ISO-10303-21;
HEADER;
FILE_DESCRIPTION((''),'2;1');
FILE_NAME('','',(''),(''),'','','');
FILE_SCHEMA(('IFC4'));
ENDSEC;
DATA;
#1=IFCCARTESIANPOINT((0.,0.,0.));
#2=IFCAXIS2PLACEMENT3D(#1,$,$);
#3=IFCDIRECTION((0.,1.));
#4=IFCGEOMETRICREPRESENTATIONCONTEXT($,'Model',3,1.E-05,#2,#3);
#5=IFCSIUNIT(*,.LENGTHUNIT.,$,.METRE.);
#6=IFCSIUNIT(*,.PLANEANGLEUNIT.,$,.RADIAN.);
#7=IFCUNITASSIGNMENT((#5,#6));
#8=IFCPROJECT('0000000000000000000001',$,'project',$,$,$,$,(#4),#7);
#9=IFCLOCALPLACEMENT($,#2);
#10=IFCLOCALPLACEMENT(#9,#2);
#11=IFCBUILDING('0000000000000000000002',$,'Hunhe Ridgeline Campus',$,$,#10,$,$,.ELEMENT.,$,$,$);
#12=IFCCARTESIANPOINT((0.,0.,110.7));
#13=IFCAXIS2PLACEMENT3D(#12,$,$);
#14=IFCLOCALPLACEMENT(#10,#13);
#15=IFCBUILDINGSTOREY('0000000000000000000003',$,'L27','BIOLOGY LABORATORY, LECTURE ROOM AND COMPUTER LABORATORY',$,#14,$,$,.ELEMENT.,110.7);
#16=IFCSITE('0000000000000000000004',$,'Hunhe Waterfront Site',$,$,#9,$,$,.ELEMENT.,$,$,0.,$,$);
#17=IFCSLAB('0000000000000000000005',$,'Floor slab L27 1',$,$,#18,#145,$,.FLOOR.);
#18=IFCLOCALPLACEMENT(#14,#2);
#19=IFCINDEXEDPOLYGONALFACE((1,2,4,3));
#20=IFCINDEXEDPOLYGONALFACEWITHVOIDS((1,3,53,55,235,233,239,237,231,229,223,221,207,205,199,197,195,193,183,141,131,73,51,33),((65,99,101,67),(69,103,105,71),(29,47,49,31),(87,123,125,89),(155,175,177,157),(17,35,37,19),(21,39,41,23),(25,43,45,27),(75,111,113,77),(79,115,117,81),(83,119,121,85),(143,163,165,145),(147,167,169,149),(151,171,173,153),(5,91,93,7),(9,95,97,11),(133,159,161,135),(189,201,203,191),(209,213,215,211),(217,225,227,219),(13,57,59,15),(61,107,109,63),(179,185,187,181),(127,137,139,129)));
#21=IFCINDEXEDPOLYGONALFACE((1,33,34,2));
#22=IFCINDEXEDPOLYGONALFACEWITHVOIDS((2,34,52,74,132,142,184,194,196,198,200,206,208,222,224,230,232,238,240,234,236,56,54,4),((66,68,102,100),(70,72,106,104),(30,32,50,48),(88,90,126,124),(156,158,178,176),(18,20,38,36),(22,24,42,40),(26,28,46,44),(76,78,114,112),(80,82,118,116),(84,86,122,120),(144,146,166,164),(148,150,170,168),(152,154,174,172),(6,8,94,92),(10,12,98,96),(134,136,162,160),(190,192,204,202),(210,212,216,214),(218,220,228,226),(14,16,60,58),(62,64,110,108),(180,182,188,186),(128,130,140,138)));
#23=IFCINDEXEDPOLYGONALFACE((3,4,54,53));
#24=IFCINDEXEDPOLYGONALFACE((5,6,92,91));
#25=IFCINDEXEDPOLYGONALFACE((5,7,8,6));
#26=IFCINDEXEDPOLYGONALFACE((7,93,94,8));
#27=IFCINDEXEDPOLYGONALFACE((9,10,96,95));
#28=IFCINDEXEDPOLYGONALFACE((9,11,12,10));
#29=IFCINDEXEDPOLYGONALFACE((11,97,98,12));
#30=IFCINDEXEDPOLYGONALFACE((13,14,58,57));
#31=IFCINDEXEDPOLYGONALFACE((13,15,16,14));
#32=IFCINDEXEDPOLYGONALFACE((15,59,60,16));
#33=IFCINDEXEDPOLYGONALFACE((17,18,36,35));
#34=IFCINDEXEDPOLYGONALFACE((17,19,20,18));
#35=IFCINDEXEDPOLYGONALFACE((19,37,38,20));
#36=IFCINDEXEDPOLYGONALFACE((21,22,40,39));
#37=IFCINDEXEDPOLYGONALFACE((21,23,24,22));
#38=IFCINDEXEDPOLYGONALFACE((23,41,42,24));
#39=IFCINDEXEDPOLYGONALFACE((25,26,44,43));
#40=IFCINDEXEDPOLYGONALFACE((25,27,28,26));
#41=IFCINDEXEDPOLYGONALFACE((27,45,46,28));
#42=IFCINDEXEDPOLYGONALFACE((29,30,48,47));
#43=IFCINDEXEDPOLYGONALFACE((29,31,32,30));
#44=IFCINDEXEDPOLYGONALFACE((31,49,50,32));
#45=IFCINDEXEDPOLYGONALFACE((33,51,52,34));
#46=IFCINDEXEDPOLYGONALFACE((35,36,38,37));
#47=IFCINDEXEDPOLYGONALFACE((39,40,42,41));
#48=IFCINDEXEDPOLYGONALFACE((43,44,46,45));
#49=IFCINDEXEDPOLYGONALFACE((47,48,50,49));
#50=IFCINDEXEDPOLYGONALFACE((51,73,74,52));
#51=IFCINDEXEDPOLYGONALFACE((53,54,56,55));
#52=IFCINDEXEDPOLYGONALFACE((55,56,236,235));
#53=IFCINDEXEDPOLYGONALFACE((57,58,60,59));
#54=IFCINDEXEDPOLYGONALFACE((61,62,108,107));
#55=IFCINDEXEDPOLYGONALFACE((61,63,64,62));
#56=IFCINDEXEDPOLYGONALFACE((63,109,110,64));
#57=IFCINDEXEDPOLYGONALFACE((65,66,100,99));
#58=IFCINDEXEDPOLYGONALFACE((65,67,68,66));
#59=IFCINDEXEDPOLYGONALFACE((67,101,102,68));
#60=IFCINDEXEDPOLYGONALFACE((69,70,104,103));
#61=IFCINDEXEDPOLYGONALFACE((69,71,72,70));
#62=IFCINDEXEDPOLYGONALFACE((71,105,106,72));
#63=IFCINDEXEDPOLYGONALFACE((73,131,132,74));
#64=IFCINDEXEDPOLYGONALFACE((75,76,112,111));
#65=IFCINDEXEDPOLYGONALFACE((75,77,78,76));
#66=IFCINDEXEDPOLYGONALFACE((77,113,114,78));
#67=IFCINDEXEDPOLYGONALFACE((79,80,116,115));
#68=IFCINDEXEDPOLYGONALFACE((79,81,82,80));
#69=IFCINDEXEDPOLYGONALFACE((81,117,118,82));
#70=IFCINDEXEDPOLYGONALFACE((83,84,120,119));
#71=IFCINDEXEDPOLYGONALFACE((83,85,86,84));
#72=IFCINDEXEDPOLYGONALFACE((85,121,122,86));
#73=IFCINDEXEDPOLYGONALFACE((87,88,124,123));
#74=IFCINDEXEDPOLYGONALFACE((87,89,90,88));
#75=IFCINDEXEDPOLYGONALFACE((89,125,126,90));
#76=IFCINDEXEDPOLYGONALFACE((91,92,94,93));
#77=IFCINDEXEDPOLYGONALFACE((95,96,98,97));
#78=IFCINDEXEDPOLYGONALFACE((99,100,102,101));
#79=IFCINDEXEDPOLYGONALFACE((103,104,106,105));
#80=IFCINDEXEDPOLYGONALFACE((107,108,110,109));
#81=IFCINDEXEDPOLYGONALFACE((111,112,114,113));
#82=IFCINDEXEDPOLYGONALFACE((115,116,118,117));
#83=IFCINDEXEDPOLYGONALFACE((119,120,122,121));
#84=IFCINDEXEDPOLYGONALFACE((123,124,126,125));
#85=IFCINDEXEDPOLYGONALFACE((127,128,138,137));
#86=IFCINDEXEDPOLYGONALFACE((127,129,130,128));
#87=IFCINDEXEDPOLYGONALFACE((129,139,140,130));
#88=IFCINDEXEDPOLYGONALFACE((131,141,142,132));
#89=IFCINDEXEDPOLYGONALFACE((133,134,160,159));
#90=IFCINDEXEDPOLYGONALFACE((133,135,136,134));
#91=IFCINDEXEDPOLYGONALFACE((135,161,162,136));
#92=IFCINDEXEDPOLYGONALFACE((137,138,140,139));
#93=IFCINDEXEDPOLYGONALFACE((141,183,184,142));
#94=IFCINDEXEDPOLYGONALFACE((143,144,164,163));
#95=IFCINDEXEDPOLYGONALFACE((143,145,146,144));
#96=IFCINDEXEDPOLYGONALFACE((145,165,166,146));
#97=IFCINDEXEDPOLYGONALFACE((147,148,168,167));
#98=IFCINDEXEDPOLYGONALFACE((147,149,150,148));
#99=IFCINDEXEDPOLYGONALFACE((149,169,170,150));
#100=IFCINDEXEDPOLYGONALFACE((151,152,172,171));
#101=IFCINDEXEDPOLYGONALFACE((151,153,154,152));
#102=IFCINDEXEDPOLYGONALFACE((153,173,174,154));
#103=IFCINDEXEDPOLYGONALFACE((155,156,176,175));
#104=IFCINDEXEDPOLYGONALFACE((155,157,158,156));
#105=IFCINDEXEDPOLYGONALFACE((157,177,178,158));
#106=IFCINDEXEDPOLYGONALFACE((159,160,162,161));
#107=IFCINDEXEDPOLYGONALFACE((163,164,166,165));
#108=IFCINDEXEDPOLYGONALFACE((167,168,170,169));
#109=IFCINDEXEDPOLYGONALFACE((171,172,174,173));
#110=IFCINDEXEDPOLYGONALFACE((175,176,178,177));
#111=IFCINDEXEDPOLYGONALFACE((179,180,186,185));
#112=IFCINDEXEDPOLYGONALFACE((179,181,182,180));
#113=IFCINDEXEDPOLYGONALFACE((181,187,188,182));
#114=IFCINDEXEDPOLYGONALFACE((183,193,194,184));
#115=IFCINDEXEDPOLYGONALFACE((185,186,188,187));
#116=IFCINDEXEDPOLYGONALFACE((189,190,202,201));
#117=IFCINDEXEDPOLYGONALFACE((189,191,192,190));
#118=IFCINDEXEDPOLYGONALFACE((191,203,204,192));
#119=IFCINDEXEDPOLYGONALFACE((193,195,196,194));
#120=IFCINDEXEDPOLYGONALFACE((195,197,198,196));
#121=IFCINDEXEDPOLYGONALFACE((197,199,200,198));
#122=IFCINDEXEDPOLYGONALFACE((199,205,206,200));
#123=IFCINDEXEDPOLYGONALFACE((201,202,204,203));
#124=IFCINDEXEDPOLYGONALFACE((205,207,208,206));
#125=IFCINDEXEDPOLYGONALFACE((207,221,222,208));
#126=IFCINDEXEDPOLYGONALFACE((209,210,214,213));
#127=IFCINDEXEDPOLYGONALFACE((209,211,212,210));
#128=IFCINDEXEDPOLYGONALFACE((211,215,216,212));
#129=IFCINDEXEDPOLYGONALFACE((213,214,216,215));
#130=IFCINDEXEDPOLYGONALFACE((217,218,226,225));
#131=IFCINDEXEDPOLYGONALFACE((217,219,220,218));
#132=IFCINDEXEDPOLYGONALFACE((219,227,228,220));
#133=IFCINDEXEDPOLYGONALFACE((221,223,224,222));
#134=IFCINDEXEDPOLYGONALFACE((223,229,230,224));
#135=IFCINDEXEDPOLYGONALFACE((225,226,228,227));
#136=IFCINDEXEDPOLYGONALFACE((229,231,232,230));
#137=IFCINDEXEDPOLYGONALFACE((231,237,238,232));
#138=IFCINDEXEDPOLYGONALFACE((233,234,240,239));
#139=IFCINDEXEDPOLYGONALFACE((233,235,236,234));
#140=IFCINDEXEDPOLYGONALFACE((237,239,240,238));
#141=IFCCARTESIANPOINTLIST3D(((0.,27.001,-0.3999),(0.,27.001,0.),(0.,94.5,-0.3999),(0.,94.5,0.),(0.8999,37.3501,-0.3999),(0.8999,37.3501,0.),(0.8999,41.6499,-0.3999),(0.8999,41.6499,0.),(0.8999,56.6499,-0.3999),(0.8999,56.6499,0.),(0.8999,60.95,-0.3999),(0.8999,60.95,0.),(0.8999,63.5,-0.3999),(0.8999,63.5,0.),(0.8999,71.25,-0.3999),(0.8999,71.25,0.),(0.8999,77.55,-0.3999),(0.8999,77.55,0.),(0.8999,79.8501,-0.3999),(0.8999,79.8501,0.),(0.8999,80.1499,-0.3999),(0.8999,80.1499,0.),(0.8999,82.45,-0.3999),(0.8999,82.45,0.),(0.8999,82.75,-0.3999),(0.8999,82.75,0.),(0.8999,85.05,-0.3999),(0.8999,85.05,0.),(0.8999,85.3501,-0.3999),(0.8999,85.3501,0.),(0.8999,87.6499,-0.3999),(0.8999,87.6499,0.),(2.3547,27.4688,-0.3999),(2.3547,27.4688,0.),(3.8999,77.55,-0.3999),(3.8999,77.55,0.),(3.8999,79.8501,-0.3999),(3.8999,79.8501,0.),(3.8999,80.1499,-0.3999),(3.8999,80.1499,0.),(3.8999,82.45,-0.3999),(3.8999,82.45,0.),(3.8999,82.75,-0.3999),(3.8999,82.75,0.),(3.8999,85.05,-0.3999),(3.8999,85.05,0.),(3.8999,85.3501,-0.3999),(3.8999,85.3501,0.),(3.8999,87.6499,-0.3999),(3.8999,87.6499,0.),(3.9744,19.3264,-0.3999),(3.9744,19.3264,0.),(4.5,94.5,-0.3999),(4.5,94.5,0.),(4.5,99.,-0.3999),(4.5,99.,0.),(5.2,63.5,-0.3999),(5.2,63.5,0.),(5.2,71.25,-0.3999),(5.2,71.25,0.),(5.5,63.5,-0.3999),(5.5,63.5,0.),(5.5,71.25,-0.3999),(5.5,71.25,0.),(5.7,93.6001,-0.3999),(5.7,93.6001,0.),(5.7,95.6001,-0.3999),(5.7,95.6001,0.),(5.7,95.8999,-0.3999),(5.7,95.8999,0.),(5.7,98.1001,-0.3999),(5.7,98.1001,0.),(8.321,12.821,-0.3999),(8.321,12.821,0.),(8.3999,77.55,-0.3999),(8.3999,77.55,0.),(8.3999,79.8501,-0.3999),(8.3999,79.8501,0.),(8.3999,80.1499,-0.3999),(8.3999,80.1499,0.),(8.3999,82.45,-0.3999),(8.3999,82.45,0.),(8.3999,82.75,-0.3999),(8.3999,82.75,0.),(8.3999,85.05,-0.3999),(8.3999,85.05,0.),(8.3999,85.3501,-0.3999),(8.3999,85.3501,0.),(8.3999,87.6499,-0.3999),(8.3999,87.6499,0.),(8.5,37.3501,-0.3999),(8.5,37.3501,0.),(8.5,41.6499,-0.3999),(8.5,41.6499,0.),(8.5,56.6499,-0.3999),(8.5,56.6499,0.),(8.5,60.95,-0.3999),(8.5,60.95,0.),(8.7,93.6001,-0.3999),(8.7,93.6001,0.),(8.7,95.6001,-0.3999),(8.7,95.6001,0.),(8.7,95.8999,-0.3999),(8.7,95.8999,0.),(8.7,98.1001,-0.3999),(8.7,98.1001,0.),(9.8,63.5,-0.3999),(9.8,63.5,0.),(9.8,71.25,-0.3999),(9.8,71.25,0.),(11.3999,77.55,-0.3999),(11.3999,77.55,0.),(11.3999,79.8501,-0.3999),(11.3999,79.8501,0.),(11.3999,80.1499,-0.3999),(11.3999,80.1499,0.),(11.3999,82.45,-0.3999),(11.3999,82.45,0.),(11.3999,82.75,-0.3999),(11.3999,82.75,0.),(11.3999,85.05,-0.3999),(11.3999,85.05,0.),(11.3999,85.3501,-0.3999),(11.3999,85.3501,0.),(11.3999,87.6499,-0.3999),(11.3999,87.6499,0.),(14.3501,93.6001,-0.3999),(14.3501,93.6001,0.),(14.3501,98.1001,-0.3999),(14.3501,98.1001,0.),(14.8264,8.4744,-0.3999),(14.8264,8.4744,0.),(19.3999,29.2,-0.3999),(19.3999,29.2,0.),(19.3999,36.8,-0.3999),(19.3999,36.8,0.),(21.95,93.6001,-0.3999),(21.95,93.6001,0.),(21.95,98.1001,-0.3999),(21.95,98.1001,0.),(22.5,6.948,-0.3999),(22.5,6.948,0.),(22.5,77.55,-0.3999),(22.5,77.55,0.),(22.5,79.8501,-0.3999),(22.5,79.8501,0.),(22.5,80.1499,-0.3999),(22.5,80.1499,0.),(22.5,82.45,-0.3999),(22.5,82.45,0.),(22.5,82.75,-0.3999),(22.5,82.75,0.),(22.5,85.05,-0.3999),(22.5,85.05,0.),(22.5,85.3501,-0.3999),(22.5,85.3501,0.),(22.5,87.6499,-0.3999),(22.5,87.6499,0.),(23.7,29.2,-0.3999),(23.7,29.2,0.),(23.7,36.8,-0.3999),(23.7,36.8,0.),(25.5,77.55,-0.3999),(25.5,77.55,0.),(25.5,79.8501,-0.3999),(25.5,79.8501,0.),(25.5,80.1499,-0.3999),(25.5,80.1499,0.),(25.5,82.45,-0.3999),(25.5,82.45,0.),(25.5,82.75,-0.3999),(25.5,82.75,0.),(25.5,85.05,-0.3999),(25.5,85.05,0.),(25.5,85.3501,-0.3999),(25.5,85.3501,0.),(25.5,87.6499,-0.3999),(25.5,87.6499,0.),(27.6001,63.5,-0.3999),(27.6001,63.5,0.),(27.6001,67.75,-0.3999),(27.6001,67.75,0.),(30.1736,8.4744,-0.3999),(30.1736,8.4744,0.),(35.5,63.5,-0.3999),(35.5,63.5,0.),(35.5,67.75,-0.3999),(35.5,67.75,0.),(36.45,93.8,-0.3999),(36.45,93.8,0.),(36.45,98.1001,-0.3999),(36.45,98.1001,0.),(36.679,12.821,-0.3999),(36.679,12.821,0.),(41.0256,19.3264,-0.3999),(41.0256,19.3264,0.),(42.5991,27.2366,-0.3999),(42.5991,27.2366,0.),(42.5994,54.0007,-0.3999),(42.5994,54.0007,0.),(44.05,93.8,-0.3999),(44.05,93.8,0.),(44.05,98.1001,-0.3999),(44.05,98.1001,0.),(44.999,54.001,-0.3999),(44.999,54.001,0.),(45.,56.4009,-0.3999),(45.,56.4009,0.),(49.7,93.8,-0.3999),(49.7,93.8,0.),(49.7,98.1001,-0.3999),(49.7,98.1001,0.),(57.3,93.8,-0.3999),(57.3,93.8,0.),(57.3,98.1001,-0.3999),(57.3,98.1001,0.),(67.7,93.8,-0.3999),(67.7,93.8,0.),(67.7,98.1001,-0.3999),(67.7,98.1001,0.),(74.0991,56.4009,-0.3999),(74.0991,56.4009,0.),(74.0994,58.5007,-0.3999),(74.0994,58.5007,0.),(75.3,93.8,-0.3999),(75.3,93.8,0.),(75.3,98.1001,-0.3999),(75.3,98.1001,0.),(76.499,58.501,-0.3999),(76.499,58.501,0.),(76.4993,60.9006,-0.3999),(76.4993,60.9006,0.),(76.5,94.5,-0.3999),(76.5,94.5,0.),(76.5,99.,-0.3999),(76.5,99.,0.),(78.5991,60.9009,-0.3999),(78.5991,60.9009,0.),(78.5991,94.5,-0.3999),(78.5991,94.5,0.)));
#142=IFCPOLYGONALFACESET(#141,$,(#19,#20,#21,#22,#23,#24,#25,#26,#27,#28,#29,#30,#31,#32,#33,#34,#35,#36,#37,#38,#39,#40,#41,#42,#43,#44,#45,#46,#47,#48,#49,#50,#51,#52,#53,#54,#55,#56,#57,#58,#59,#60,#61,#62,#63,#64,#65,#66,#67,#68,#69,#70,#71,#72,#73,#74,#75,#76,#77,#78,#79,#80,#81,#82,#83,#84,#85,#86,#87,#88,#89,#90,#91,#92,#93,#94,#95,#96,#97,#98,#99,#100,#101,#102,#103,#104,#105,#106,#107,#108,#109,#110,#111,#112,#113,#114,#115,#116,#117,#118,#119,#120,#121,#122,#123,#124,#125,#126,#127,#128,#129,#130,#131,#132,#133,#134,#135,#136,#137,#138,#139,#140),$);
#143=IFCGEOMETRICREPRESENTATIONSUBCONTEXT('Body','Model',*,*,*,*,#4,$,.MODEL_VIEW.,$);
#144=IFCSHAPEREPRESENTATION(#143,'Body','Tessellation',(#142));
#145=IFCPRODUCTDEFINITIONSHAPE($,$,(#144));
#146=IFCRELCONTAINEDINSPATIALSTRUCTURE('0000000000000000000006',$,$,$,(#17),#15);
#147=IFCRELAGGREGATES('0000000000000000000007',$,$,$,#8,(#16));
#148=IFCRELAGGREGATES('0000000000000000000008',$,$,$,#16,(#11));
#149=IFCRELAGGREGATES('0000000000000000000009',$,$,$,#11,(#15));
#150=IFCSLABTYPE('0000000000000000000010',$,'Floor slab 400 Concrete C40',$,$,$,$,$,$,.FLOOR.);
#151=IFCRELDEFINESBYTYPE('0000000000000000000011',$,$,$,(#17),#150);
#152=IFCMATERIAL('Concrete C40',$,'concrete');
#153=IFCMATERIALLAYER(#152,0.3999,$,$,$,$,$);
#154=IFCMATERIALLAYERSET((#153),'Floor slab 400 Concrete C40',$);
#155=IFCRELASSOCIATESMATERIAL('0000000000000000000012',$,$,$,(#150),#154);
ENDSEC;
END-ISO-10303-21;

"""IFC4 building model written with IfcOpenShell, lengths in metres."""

from ifc_helpers import new_model, si_unit, direction, frame, origin, place, context, subcontext, project, spatial, polyline, outline, extrude, material, layer, layer_set, type_object, element, save


model = new_model("IFC4")

# Units and contexts
model_context = context("Model", 3, precision=1e-05, world=origin(), true_north=direction((0.0, 1.0)))
body_context = subcontext(model_context, "Body", "Model", "MODEL_VIEW")
ifc_project = project(units=[si_unit("LENGTHUNIT", "METRE"), si_unit("PLANEANGLEUNIT", "RADIAN")], contexts=[model_context])

# Site, building, storey
site_placement = place(None, origin())
site = spatial("IfcSite", under=ifc_project, at=site_placement, Name="Hunhe Waterfront Site", CompositionType="ELEMENT", RefElevation=0.0)
building_placement = place(site_placement, origin())
building = spatial("IfcBuilding", under=site, at=building_placement, Name="Hunhe Ridgeline Campus", CompositionType="ELEMENT")
storey_placement = place(building_placement, frame((0.0, 0.0, 110.7)))
storey = spatial("IfcBuildingStorey", under=building, at=storey_placement, Name="L27", Description="BIOLOGY LABORATORY, LECTURE ROOM AND COMPUTER LABORATORY", CompositionType="ELEMENT", Elevation=110.7)

# Slab
ifc_material_1 = material(Name="Concrete C40", Category="concrete")
ifc_layer_1 = layer(ifc_material_1, 0.3999)
ifc_layer_set_1 = layer_set([ifc_layer_1], Name="Floor slab 400 Concrete C40")
slab_type_1 = type_object("IfcSlabType", Name="Floor slab 400 Concrete C40", PredefinedType="FLOOR", material=ifc_layer_set_1)
slab_1_placement = place(storey_placement, frame((0.0, 0.0, -0.3999)))
element("IfcSlab", 1, at=slab_1_placement, inside=storey, type_object=slab_type_1, Name="Floor slab L27 1", PredefinedType="FLOOR", context=body_context, shape_type="SweptSolid", body=[
    extrude(outline(polyline([(0.0, 27.001), (2.3547, 27.4688), (3.9744, 19.3264), (8.321, 12.821), (14.8264, 8.4744), (22.5, 6.948), (30.1736, 8.4744), (36.679, 12.821), (41.0256, 19.3264), (42.5991, 27.2366), (42.5994, 54.0007), (44.999, 54.001), (45.0, 56.4009), (74.0991, 56.4009), (74.0994, 58.5007), (76.499, 58.501), (76.4993, 60.9006), (78.5991, 60.9009), (78.5991, 94.5), (76.5, 94.5), (76.5, 99.0), (4.5, 99.0), (4.5, 94.5), (0.0, 94.5), (0.0, 27.001)]), holes=[polyline([(67.7, 93.8), (75.3, 93.8), (75.3, 98.1001), (67.7, 98.1001), (67.7, 93.8)]), polyline([(57.3, 93.8), (57.3, 98.1001), (49.7, 98.1001), (49.7, 93.8), (57.3, 93.8)]), polyline([(44.05, 98.1001), (36.45, 98.1001), (36.45, 93.8), (44.05, 93.8), (44.05, 98.1001)]), polyline([(27.6001, 67.75), (27.6001, 63.5), (35.5, 63.5), (35.5, 67.75), (27.6001, 67.75)]), polyline([(25.5, 85.3501), (25.5, 87.6499), (22.5, 87.6499), (22.5, 85.3501), (25.5, 85.3501)]), polyline([(25.5, 85.05), (22.5, 85.05), (22.5, 82.75), (25.5, 82.75), (25.5, 85.05)]), polyline([(22.5, 82.45), (22.5, 80.1499), (25.5, 80.1499), (25.5, 82.45), (22.5, 82.45)]), polyline([(22.5, 77.55), (25.5, 77.55), (25.5, 79.8501), (22.5, 79.8501), (22.5, 77.55)]), polyline([(19.3999, 29.2), (23.7, 29.2), (23.7, 36.8), (19.3999, 36.8), (19.3999, 29.2)]), polyline([(21.95, 98.1001), (14.3501, 98.1001), (14.3501, 93.6001), (21.95, 93.6001), (21.95, 98.1001)]), polyline([(8.3999, 82.45), (8.3999, 80.1499), (11.3999, 80.1499), (11.3999, 82.45), (8.3999, 82.45)]), polyline([(11.3999, 85.3501), (11.3999, 87.6499), (8.3999, 87.6499), (8.3999, 85.3501), (11.3999, 85.3501)]), polyline([(11.3999, 85.05), (8.3999, 85.05), (8.3999, 82.75), (11.3999, 82.75), (11.3999, 85.05)]), polyline([(8.3999, 77.55), (11.3999, 77.55), (11.3999, 79.8501), (8.3999, 79.8501), (8.3999, 77.55)]), polyline([(5.5, 63.5), (9.8, 63.5), (9.8, 71.25), (5.5, 71.25), (5.5, 63.5)]), polyline([(5.7, 98.1001), (5.7, 95.8999), (8.7, 95.8999), (8.7, 98.1001), (5.7, 98.1001)]), polyline([(5.7, 93.6001), (8.7, 93.6001), (8.7, 95.6001), (5.7, 95.6001), (5.7, 93.6001)]), polyline([(0.8999, 60.95), (0.8999, 56.6499), (8.5, 56.6499), (8.5, 60.95), (0.8999, 60.95)]), polyline([(0.8999, 37.3501), (8.5, 37.3501), (8.5, 41.6499), (0.8999, 41.6499), (0.8999, 37.3501)]), polyline([(5.2, 63.5), (5.2, 71.25), (0.8999, 71.25), (0.8999, 63.5), (5.2, 63.5)]), polyline([(3.8999, 85.3501), (3.8999, 87.6499), (0.8999, 87.6499), (0.8999, 85.3501), (3.8999, 85.3501)]), polyline([(3.8999, 85.05), (0.8999, 85.05), (0.8999, 82.75), (3.8999, 82.75), (3.8999, 85.05)]), polyline([(0.8999, 82.45), (0.8999, 80.1499), (3.8999, 80.1499), (3.8999, 82.45), (0.8999, 82.45)]), polyline([(0.8999, 77.55), (3.8999, 77.55), (3.8999, 79.8501), (0.8999, 79.8501), (0.8999, 77.55)])]), origin(), (0.0, 0.0, 1.0), 0.3999),
])

save(model, "model.ifc")
